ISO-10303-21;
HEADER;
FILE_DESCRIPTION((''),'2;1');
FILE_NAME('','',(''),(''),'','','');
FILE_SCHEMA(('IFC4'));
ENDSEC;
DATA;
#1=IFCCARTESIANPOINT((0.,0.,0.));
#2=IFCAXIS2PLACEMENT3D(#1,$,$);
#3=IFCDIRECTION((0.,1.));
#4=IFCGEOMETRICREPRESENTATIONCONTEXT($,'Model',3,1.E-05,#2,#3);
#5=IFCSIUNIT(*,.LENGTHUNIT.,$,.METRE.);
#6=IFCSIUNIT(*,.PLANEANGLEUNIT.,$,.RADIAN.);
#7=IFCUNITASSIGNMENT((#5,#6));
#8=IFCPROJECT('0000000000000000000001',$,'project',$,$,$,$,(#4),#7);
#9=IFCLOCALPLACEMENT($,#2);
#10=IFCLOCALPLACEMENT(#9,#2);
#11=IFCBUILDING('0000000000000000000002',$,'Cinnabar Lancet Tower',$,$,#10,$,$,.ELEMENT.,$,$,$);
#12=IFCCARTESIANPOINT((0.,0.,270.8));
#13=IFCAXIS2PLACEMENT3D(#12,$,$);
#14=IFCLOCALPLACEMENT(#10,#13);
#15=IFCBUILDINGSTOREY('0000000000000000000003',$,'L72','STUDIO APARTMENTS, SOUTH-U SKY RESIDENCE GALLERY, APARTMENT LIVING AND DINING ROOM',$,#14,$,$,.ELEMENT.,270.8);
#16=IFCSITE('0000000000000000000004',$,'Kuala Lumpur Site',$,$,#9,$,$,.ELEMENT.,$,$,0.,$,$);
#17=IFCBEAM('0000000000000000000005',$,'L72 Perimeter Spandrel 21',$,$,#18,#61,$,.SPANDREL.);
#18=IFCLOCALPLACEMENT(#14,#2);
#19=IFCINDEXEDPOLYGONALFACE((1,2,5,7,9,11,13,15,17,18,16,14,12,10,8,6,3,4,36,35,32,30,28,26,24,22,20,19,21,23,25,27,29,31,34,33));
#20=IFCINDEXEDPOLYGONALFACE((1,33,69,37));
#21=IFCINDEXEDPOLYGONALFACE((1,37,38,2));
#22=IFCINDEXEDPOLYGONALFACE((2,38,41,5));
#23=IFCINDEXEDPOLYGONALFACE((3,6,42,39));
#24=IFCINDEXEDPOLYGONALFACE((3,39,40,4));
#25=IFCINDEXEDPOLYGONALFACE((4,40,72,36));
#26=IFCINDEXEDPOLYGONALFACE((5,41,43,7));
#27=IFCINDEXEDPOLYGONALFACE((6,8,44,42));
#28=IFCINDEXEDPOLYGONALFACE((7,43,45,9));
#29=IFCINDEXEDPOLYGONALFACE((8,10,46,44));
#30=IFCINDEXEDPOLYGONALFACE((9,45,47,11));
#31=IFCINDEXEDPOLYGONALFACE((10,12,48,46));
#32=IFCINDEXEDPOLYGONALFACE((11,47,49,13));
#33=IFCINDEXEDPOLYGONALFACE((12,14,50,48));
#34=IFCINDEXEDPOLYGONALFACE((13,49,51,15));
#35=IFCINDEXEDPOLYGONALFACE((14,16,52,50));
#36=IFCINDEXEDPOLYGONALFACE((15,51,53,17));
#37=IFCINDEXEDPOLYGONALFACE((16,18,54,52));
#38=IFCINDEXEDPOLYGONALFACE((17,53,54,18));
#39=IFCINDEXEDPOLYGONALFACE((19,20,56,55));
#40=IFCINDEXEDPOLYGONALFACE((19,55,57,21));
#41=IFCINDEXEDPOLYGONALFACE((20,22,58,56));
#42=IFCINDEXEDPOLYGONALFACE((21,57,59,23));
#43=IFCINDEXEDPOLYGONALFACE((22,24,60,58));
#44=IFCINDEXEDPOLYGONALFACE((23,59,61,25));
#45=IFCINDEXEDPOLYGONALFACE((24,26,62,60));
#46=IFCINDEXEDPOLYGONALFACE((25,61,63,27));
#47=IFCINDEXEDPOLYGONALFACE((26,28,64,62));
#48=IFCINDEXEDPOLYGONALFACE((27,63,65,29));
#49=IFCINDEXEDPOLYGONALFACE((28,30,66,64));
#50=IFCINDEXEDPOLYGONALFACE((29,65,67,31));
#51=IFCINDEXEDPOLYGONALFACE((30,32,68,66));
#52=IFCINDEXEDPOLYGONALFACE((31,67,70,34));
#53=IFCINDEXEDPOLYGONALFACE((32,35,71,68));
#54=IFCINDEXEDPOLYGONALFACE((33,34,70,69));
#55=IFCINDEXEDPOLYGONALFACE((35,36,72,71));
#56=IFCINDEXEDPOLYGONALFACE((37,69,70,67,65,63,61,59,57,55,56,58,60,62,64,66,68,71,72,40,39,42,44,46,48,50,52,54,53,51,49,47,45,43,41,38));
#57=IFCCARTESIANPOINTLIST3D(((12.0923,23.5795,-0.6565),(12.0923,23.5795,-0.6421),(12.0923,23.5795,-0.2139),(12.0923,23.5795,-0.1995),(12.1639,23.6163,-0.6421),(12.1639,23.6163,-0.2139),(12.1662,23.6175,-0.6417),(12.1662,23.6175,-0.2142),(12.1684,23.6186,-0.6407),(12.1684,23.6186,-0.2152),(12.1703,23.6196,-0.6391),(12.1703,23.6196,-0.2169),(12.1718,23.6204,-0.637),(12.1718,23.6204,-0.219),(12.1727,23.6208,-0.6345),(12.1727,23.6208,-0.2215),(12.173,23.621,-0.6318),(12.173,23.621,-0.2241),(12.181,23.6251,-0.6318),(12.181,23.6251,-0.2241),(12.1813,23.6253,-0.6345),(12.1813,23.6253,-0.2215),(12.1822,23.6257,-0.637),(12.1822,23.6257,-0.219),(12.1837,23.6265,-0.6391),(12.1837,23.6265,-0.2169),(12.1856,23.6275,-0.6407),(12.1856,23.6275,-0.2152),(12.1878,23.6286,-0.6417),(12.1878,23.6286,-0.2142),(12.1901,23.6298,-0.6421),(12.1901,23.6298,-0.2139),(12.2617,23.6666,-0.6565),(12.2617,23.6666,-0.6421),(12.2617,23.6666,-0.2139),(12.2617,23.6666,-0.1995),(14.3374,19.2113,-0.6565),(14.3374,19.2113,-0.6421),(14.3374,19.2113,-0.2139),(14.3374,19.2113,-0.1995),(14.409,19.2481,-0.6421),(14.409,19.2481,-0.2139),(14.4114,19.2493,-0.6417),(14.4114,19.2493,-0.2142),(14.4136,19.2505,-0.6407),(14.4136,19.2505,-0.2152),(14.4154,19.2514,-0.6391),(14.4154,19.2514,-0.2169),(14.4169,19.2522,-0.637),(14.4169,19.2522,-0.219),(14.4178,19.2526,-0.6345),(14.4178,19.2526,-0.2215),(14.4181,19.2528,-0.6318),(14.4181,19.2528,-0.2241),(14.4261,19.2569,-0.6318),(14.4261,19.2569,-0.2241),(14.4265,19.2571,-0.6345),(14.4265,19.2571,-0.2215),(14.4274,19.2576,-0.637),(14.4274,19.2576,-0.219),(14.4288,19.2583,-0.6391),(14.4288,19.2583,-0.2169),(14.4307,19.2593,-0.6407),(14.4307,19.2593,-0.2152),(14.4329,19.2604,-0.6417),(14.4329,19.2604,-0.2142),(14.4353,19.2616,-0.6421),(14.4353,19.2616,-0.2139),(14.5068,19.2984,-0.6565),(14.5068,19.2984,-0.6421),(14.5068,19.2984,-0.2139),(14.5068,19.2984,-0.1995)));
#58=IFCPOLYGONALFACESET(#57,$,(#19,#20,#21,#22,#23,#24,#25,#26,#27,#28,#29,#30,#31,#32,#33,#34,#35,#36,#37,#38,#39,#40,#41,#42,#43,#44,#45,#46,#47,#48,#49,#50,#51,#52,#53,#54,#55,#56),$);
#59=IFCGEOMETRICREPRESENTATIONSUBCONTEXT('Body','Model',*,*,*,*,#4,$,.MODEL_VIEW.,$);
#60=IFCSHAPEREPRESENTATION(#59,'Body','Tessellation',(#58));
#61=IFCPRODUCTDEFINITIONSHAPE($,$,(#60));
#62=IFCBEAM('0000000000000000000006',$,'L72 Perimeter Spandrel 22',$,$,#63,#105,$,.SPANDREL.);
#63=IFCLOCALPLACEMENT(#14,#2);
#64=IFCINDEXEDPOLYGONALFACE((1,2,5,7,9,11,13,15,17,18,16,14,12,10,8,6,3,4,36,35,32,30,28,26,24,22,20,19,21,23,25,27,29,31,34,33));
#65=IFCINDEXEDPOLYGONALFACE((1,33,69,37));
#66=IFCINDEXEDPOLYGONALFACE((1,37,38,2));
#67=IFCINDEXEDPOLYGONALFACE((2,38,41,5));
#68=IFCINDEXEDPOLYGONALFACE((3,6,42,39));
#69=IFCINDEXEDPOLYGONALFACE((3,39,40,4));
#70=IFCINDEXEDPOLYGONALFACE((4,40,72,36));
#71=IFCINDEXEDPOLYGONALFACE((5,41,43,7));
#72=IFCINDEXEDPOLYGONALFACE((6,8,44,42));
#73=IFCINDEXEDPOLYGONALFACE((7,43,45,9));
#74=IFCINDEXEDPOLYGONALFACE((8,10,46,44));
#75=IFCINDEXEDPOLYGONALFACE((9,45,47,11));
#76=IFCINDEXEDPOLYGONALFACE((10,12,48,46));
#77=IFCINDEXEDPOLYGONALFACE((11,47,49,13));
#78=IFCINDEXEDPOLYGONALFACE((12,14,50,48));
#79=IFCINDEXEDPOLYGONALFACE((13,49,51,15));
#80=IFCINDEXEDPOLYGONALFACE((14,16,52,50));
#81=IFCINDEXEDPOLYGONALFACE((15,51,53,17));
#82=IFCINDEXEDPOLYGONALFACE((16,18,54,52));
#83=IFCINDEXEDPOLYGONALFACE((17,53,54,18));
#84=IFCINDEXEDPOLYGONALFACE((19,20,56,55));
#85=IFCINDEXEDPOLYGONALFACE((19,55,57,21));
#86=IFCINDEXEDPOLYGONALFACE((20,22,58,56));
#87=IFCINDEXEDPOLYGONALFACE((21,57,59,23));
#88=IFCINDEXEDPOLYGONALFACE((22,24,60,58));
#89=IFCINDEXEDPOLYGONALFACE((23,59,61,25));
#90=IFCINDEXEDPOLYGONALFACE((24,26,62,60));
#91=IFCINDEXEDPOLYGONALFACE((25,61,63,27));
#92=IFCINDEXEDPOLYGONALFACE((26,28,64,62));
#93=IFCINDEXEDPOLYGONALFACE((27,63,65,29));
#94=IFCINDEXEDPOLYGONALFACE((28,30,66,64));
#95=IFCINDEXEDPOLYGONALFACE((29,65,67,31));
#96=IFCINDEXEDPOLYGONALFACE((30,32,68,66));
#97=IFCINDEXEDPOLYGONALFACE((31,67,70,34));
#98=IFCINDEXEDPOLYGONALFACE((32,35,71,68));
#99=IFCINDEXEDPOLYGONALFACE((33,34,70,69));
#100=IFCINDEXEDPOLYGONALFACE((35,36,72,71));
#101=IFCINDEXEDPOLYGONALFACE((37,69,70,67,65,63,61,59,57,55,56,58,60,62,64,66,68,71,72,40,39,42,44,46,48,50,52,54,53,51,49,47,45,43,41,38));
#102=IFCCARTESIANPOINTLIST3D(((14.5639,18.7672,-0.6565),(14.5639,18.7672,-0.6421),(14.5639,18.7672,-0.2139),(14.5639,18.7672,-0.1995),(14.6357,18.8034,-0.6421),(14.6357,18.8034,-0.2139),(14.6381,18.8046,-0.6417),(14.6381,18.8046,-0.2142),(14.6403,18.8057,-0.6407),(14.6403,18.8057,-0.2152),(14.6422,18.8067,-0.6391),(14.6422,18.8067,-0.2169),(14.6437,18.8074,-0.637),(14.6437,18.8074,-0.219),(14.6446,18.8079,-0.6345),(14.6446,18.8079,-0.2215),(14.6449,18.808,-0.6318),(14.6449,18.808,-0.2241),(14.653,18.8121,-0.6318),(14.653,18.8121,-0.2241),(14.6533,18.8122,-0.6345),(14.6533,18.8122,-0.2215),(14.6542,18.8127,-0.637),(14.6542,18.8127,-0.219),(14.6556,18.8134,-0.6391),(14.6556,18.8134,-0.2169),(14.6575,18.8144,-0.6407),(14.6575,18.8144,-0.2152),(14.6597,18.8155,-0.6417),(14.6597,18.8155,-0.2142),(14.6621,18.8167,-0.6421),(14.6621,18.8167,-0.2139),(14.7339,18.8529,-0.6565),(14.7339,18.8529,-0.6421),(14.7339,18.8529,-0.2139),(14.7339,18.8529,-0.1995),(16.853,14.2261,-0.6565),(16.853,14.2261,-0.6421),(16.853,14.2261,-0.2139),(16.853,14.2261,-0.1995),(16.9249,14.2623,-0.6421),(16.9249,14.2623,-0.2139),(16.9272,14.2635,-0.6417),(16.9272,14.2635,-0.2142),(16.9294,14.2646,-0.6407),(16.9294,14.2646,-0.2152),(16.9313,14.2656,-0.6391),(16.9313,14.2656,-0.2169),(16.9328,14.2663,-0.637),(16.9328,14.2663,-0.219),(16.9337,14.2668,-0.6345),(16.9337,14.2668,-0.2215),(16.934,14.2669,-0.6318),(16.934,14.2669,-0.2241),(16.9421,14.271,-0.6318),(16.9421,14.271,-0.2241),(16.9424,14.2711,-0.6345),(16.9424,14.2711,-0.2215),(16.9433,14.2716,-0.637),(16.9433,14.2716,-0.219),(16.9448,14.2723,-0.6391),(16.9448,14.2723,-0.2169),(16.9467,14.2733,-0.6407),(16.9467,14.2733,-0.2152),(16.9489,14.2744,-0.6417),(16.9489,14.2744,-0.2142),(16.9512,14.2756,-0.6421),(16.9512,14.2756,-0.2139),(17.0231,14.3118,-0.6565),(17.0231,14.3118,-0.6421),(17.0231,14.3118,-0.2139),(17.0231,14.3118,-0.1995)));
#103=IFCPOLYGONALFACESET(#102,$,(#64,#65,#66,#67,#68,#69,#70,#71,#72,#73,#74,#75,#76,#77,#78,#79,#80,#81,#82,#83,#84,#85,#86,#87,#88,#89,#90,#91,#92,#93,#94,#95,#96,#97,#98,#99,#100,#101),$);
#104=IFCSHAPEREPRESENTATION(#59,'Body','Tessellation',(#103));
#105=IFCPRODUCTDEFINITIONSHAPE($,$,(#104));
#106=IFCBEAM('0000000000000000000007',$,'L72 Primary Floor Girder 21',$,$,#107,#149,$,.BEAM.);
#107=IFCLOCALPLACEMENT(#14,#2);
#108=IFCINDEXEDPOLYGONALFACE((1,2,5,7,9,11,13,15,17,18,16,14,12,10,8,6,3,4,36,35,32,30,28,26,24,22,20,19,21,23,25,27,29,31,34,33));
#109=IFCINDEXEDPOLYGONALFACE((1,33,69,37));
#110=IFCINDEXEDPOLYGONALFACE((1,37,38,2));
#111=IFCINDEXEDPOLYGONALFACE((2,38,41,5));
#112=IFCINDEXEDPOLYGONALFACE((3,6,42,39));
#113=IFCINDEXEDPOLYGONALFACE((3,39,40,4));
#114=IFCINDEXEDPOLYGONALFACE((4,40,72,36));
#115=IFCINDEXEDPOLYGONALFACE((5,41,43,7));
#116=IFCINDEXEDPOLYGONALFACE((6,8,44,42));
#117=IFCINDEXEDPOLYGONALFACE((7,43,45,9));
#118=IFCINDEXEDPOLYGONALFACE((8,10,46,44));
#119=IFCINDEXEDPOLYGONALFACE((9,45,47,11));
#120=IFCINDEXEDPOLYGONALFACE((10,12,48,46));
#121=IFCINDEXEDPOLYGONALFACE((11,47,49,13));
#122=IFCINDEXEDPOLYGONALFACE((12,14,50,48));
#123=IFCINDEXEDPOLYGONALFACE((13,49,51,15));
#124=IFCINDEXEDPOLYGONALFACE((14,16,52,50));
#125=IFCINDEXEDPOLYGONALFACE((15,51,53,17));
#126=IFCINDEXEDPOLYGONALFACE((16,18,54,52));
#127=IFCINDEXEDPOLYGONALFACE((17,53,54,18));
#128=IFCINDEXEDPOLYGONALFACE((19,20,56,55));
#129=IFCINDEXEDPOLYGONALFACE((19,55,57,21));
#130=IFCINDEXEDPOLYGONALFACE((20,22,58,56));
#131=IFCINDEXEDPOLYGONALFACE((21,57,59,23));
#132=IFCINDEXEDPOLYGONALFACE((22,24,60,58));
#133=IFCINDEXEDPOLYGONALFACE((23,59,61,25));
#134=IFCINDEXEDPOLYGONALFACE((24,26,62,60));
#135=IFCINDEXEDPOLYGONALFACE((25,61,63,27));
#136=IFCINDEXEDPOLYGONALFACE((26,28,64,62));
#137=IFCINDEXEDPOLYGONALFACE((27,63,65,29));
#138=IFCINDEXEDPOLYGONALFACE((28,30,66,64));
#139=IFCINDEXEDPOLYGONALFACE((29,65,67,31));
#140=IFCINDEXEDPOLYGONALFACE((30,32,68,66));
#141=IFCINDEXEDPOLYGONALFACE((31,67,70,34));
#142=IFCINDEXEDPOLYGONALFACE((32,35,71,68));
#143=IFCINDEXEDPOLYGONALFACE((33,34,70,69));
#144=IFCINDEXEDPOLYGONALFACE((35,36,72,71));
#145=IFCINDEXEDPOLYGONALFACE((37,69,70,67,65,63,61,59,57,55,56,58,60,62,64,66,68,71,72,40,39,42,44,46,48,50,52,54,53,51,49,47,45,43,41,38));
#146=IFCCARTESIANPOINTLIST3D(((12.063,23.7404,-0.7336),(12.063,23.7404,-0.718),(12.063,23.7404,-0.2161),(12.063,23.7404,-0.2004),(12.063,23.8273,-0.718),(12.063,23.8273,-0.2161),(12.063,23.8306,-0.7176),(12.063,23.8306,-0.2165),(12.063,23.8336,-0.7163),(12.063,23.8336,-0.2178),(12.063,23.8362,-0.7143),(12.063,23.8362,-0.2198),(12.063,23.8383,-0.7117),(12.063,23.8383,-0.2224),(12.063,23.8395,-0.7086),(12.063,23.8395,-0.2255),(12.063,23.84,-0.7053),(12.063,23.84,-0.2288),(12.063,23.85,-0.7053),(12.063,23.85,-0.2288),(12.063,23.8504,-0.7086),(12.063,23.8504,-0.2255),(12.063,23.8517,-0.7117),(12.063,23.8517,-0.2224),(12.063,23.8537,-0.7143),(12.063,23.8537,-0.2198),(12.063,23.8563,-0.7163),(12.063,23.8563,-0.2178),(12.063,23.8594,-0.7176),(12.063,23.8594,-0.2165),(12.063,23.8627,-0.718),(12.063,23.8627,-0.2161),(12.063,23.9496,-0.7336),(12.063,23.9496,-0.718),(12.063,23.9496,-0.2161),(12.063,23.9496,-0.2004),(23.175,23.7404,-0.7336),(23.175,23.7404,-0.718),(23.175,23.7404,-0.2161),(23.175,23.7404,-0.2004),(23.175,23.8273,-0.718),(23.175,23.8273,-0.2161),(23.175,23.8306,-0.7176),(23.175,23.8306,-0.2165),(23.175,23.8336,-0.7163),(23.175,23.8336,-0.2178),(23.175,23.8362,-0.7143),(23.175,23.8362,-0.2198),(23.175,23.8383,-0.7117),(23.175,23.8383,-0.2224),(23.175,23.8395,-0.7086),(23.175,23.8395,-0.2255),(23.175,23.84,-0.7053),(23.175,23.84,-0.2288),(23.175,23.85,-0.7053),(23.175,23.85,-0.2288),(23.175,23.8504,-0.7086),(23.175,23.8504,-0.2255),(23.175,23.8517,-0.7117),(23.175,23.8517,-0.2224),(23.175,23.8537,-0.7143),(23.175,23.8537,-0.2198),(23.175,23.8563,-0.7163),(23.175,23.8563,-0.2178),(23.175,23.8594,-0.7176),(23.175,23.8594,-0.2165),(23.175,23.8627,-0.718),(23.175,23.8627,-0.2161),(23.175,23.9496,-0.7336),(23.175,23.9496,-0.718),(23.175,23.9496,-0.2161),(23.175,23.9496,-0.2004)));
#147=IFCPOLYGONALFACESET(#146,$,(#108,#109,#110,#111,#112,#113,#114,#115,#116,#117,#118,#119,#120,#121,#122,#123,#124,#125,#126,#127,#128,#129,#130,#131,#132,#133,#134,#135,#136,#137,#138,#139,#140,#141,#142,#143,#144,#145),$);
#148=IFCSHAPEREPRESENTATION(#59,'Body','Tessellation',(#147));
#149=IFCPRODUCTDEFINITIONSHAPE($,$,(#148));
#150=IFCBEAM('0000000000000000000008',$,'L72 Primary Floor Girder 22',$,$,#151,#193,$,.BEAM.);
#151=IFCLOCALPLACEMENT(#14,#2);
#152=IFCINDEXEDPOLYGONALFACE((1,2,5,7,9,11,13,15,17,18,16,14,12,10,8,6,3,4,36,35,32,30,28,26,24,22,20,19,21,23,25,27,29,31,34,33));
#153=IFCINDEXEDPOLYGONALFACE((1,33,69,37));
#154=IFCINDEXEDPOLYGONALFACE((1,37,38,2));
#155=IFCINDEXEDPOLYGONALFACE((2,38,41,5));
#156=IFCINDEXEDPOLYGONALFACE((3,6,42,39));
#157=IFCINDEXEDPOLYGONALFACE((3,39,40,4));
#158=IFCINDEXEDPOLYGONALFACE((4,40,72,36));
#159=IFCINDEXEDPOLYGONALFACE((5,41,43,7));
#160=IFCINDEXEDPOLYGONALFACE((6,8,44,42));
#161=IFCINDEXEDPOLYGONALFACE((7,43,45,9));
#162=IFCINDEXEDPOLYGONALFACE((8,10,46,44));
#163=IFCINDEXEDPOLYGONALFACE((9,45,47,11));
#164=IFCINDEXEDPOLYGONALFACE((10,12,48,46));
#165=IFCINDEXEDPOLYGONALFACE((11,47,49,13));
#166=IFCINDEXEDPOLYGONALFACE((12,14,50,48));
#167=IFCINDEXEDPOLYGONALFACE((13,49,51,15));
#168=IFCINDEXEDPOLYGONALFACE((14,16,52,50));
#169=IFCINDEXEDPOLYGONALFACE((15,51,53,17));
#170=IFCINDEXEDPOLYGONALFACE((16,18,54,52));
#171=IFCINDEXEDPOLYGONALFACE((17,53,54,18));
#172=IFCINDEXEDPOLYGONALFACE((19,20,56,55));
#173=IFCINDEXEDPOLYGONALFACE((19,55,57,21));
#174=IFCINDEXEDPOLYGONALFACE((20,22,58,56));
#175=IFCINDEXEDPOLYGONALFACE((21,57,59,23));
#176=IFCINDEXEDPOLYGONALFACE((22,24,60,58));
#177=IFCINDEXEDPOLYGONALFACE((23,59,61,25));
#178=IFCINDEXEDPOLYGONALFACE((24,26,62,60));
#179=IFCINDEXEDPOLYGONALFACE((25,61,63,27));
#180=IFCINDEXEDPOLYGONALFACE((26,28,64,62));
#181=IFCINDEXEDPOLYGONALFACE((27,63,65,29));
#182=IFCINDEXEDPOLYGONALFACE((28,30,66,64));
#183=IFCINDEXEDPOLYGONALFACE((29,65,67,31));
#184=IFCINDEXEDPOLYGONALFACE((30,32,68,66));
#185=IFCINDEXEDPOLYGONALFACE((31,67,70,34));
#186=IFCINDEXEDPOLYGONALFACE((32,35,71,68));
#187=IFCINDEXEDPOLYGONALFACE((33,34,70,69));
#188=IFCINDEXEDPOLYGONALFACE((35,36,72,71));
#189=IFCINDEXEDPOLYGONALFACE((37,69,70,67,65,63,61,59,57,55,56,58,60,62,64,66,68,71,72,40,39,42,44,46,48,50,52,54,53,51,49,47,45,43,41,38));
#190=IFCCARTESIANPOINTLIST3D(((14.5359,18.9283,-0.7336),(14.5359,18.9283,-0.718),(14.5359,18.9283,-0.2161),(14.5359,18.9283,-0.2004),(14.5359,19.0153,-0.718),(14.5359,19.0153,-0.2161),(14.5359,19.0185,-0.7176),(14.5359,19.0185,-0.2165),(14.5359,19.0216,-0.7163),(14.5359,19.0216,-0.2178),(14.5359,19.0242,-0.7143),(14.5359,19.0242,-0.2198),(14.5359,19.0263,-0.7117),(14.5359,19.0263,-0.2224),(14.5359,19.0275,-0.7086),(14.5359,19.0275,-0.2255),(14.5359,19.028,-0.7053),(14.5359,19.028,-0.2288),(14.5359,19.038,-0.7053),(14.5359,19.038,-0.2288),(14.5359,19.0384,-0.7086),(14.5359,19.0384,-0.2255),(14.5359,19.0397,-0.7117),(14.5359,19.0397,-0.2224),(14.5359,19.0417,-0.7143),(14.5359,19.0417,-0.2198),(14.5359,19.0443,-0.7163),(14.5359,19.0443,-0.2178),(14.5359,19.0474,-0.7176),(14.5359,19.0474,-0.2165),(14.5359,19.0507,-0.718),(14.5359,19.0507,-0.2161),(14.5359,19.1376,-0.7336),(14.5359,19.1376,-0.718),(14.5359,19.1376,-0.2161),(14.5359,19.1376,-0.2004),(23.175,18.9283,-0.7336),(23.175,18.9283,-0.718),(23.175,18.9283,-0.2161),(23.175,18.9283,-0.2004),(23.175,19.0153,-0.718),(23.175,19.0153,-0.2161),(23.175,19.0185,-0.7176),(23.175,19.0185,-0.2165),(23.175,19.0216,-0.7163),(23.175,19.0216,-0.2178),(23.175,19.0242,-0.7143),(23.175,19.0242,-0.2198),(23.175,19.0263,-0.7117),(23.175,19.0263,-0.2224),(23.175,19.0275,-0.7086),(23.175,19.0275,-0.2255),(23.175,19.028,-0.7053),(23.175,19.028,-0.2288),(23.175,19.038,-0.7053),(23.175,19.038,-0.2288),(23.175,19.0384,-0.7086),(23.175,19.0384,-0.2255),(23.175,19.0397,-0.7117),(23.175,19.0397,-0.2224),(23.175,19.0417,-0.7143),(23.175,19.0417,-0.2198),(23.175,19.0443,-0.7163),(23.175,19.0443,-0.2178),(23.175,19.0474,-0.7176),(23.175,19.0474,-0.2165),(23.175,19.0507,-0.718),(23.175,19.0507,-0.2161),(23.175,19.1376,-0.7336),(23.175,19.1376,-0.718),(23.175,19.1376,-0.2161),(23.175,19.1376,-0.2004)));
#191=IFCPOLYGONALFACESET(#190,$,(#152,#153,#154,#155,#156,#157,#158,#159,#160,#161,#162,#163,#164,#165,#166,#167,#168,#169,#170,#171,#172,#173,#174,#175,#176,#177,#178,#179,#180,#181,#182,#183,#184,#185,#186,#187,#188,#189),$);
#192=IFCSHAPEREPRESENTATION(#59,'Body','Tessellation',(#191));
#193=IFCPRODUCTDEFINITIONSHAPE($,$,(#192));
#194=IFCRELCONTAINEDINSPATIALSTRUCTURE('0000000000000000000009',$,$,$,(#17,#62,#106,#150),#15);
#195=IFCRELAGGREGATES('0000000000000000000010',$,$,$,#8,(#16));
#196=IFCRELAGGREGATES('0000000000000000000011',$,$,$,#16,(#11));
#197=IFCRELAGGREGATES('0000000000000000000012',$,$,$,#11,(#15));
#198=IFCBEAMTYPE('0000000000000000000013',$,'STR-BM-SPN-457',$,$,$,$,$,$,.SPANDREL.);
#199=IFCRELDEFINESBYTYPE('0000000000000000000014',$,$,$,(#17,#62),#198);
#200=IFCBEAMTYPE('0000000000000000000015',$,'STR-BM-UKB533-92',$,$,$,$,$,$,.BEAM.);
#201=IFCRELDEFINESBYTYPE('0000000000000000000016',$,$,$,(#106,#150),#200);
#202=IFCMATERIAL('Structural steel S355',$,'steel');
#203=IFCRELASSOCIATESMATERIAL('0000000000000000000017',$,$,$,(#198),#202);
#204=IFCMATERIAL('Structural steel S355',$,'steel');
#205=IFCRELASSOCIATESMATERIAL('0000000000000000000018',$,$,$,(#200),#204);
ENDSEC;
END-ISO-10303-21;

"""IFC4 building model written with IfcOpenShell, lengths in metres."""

from ifc_helpers import new_model, si_unit, direction, frame, origin, origin_2d, place, context, subcontext, project, spatial, i_section, extrude, material, material_profile, profile_set, type_object, element, save


model = new_model("IFC4")

# Units and contexts
model_context = context("Model", 3, precision=1e-05, world=origin(), true_north=direction((0.0, 1.0)))
body_context = subcontext(model_context, "Body", "Model", "MODEL_VIEW")
ifc_project = project(units=[si_unit("LENGTHUNIT", "METRE"), si_unit("PLANEANGLEUNIT", "RADIAN")], contexts=[model_context])

# Site, building, storey
site_placement = place(None, origin())
site = spatial("IfcSite", under=ifc_project, at=site_placement, Name="Kuala Lumpur Site", CompositionType="ELEMENT", RefElevation=0.0)
building_placement = place(site_placement, origin())
building = spatial("IfcBuilding", under=site, at=building_placement, Name="Cinnabar Lancet Tower", CompositionType="ELEMENT")
storey_placement = place(building_placement, frame((0.0, 0.0, 270.8)))
storey = spatial("IfcBuildingStorey", under=building, at=storey_placement, Name="L72", Description="STUDIO APARTMENTS, SOUTH-U SKY RESIDENCE GALLERY, APARTMENT LIVING AND DINING ROOM", CompositionType="ELEMENT", Elevation=270.8)

# Beams
ifc_material_1 = material(Name="Structural steel S355", Category="steel")
ifc_material_profile_1 = material_profile(ifc_material_1, i_section(OverallWidth=0.1904, OverallDepth=0.457, WebThickness=0.009, FlangeThickness=0.0144, FilletRadius=0.0103, at=origin_2d()), Name="UKB 457x191x74")
ifc_profile_set_1 = profile_set([ifc_material_profile_1], Name="Structural steel S355")
beam_type_1 = type_object("IfcBeamType", Name="STR-BM-SPN-457", PredefinedType="SPANDREL", material=ifc_profile_set_1)
beam_1_placement = place(storey_placement, frame((12.177, 23.623, -0.428), z_axis=(0.457128, -0.889401, 0.0), x_axis=(0.889401, 0.457128, 0.0)))
element("IfcBeam", 1, at=beam_1_placement, inside=storey, type_object=beam_type_1, Name="L72 Perimeter Spandrel 21", PredefinedType="SPANDREL", context=body_context, shape_type="SweptSolid", body=[
    extrude(i_section(OverallWidth=0.1904, OverallDepth=0.457, WebThickness=0.009, FlangeThickness=0.0144, FilletRadius=0.0103, at=origin_2d()), origin(), (0.0, 0.0, 1.0), 4.9114),
])
beam_2_placement = place(storey_placement, frame((14.6489, 18.8101, -0.428), z_axis=(0.45013, -0.892963, 0.0), x_axis=(0.892963, 0.45013, 0.0)))
element("IfcBeam", 2, at=beam_2_placement, inside=storey, type_object=beam_type_1, Name="L72 Perimeter Spandrel 22", PredefinedType="SPANDREL", context=body_context, shape_type="SweptSolid", body=[
    extrude(i_section(OverallWidth=0.1904, OverallDepth=0.457, WebThickness=0.009, FlangeThickness=0.0144, FilletRadius=0.0103, at=origin_2d()), origin(), (0.0, 0.0, 1.0), 5.0854),
])
ifc_material_2 = material(Name="Structural steel S355", Category="steel")
ifc_material_profile_2 = material_profile(ifc_material_2, i_section(OverallWidth=0.2092, OverallDepth=0.5332, WebThickness=0.01, FlangeThickness=0.0156, FilletRadius=0.0127, at=origin_2d()), Name="UKB 533x210x92")
ifc_profile_set_2 = profile_set([ifc_material_profile_2], Name="Structural steel S355")
beam_type_2 = type_object("IfcBeamType", Name="STR-BM-UKB533-92", PredefinedType="BEAM", material=ifc_profile_set_2)
beam_3_placement = place(storey_placement, frame((12.063, 23.845, -0.467), z_axis=(1.0, 0.0, 0.0), x_axis=(0.0, 1.0, 0.0)))
element("IfcBeam", 3, at=beam_3_placement, inside=storey, type_object=beam_type_2, Name="L72 Primary Floor Girder 21", PredefinedType="BEAM", context=body_context, shape_type="SweptSolid", body=[
    extrude(i_section(OverallWidth=0.2092, OverallDepth=0.5332, WebThickness=0.01, FlangeThickness=0.0156, FilletRadius=0.0127, at=origin_2d()), origin(), (0.0, 0.0, 1.0), 11.1121),
])
beam_4_placement = place(storey_placement, frame((14.5359, 19.033, -0.467), z_axis=(1.0, 0.0, 0.0), x_axis=(0.0, 1.0, 0.0)))
element("IfcBeam", 4, at=beam_4_placement, inside=storey, type_object=beam_type_2, Name="L72 Primary Floor Girder 22", PredefinedType="BEAM", context=body_context, shape_type="SweptSolid", body=[
    extrude(i_section(OverallWidth=0.2092, OverallDepth=0.5332, WebThickness=0.01, FlangeThickness=0.0156, FilletRadius=0.0127, at=origin_2d()), origin(), (0.0, 0.0, 1.0), 8.6392),
])

save(model, "model.ifc")
